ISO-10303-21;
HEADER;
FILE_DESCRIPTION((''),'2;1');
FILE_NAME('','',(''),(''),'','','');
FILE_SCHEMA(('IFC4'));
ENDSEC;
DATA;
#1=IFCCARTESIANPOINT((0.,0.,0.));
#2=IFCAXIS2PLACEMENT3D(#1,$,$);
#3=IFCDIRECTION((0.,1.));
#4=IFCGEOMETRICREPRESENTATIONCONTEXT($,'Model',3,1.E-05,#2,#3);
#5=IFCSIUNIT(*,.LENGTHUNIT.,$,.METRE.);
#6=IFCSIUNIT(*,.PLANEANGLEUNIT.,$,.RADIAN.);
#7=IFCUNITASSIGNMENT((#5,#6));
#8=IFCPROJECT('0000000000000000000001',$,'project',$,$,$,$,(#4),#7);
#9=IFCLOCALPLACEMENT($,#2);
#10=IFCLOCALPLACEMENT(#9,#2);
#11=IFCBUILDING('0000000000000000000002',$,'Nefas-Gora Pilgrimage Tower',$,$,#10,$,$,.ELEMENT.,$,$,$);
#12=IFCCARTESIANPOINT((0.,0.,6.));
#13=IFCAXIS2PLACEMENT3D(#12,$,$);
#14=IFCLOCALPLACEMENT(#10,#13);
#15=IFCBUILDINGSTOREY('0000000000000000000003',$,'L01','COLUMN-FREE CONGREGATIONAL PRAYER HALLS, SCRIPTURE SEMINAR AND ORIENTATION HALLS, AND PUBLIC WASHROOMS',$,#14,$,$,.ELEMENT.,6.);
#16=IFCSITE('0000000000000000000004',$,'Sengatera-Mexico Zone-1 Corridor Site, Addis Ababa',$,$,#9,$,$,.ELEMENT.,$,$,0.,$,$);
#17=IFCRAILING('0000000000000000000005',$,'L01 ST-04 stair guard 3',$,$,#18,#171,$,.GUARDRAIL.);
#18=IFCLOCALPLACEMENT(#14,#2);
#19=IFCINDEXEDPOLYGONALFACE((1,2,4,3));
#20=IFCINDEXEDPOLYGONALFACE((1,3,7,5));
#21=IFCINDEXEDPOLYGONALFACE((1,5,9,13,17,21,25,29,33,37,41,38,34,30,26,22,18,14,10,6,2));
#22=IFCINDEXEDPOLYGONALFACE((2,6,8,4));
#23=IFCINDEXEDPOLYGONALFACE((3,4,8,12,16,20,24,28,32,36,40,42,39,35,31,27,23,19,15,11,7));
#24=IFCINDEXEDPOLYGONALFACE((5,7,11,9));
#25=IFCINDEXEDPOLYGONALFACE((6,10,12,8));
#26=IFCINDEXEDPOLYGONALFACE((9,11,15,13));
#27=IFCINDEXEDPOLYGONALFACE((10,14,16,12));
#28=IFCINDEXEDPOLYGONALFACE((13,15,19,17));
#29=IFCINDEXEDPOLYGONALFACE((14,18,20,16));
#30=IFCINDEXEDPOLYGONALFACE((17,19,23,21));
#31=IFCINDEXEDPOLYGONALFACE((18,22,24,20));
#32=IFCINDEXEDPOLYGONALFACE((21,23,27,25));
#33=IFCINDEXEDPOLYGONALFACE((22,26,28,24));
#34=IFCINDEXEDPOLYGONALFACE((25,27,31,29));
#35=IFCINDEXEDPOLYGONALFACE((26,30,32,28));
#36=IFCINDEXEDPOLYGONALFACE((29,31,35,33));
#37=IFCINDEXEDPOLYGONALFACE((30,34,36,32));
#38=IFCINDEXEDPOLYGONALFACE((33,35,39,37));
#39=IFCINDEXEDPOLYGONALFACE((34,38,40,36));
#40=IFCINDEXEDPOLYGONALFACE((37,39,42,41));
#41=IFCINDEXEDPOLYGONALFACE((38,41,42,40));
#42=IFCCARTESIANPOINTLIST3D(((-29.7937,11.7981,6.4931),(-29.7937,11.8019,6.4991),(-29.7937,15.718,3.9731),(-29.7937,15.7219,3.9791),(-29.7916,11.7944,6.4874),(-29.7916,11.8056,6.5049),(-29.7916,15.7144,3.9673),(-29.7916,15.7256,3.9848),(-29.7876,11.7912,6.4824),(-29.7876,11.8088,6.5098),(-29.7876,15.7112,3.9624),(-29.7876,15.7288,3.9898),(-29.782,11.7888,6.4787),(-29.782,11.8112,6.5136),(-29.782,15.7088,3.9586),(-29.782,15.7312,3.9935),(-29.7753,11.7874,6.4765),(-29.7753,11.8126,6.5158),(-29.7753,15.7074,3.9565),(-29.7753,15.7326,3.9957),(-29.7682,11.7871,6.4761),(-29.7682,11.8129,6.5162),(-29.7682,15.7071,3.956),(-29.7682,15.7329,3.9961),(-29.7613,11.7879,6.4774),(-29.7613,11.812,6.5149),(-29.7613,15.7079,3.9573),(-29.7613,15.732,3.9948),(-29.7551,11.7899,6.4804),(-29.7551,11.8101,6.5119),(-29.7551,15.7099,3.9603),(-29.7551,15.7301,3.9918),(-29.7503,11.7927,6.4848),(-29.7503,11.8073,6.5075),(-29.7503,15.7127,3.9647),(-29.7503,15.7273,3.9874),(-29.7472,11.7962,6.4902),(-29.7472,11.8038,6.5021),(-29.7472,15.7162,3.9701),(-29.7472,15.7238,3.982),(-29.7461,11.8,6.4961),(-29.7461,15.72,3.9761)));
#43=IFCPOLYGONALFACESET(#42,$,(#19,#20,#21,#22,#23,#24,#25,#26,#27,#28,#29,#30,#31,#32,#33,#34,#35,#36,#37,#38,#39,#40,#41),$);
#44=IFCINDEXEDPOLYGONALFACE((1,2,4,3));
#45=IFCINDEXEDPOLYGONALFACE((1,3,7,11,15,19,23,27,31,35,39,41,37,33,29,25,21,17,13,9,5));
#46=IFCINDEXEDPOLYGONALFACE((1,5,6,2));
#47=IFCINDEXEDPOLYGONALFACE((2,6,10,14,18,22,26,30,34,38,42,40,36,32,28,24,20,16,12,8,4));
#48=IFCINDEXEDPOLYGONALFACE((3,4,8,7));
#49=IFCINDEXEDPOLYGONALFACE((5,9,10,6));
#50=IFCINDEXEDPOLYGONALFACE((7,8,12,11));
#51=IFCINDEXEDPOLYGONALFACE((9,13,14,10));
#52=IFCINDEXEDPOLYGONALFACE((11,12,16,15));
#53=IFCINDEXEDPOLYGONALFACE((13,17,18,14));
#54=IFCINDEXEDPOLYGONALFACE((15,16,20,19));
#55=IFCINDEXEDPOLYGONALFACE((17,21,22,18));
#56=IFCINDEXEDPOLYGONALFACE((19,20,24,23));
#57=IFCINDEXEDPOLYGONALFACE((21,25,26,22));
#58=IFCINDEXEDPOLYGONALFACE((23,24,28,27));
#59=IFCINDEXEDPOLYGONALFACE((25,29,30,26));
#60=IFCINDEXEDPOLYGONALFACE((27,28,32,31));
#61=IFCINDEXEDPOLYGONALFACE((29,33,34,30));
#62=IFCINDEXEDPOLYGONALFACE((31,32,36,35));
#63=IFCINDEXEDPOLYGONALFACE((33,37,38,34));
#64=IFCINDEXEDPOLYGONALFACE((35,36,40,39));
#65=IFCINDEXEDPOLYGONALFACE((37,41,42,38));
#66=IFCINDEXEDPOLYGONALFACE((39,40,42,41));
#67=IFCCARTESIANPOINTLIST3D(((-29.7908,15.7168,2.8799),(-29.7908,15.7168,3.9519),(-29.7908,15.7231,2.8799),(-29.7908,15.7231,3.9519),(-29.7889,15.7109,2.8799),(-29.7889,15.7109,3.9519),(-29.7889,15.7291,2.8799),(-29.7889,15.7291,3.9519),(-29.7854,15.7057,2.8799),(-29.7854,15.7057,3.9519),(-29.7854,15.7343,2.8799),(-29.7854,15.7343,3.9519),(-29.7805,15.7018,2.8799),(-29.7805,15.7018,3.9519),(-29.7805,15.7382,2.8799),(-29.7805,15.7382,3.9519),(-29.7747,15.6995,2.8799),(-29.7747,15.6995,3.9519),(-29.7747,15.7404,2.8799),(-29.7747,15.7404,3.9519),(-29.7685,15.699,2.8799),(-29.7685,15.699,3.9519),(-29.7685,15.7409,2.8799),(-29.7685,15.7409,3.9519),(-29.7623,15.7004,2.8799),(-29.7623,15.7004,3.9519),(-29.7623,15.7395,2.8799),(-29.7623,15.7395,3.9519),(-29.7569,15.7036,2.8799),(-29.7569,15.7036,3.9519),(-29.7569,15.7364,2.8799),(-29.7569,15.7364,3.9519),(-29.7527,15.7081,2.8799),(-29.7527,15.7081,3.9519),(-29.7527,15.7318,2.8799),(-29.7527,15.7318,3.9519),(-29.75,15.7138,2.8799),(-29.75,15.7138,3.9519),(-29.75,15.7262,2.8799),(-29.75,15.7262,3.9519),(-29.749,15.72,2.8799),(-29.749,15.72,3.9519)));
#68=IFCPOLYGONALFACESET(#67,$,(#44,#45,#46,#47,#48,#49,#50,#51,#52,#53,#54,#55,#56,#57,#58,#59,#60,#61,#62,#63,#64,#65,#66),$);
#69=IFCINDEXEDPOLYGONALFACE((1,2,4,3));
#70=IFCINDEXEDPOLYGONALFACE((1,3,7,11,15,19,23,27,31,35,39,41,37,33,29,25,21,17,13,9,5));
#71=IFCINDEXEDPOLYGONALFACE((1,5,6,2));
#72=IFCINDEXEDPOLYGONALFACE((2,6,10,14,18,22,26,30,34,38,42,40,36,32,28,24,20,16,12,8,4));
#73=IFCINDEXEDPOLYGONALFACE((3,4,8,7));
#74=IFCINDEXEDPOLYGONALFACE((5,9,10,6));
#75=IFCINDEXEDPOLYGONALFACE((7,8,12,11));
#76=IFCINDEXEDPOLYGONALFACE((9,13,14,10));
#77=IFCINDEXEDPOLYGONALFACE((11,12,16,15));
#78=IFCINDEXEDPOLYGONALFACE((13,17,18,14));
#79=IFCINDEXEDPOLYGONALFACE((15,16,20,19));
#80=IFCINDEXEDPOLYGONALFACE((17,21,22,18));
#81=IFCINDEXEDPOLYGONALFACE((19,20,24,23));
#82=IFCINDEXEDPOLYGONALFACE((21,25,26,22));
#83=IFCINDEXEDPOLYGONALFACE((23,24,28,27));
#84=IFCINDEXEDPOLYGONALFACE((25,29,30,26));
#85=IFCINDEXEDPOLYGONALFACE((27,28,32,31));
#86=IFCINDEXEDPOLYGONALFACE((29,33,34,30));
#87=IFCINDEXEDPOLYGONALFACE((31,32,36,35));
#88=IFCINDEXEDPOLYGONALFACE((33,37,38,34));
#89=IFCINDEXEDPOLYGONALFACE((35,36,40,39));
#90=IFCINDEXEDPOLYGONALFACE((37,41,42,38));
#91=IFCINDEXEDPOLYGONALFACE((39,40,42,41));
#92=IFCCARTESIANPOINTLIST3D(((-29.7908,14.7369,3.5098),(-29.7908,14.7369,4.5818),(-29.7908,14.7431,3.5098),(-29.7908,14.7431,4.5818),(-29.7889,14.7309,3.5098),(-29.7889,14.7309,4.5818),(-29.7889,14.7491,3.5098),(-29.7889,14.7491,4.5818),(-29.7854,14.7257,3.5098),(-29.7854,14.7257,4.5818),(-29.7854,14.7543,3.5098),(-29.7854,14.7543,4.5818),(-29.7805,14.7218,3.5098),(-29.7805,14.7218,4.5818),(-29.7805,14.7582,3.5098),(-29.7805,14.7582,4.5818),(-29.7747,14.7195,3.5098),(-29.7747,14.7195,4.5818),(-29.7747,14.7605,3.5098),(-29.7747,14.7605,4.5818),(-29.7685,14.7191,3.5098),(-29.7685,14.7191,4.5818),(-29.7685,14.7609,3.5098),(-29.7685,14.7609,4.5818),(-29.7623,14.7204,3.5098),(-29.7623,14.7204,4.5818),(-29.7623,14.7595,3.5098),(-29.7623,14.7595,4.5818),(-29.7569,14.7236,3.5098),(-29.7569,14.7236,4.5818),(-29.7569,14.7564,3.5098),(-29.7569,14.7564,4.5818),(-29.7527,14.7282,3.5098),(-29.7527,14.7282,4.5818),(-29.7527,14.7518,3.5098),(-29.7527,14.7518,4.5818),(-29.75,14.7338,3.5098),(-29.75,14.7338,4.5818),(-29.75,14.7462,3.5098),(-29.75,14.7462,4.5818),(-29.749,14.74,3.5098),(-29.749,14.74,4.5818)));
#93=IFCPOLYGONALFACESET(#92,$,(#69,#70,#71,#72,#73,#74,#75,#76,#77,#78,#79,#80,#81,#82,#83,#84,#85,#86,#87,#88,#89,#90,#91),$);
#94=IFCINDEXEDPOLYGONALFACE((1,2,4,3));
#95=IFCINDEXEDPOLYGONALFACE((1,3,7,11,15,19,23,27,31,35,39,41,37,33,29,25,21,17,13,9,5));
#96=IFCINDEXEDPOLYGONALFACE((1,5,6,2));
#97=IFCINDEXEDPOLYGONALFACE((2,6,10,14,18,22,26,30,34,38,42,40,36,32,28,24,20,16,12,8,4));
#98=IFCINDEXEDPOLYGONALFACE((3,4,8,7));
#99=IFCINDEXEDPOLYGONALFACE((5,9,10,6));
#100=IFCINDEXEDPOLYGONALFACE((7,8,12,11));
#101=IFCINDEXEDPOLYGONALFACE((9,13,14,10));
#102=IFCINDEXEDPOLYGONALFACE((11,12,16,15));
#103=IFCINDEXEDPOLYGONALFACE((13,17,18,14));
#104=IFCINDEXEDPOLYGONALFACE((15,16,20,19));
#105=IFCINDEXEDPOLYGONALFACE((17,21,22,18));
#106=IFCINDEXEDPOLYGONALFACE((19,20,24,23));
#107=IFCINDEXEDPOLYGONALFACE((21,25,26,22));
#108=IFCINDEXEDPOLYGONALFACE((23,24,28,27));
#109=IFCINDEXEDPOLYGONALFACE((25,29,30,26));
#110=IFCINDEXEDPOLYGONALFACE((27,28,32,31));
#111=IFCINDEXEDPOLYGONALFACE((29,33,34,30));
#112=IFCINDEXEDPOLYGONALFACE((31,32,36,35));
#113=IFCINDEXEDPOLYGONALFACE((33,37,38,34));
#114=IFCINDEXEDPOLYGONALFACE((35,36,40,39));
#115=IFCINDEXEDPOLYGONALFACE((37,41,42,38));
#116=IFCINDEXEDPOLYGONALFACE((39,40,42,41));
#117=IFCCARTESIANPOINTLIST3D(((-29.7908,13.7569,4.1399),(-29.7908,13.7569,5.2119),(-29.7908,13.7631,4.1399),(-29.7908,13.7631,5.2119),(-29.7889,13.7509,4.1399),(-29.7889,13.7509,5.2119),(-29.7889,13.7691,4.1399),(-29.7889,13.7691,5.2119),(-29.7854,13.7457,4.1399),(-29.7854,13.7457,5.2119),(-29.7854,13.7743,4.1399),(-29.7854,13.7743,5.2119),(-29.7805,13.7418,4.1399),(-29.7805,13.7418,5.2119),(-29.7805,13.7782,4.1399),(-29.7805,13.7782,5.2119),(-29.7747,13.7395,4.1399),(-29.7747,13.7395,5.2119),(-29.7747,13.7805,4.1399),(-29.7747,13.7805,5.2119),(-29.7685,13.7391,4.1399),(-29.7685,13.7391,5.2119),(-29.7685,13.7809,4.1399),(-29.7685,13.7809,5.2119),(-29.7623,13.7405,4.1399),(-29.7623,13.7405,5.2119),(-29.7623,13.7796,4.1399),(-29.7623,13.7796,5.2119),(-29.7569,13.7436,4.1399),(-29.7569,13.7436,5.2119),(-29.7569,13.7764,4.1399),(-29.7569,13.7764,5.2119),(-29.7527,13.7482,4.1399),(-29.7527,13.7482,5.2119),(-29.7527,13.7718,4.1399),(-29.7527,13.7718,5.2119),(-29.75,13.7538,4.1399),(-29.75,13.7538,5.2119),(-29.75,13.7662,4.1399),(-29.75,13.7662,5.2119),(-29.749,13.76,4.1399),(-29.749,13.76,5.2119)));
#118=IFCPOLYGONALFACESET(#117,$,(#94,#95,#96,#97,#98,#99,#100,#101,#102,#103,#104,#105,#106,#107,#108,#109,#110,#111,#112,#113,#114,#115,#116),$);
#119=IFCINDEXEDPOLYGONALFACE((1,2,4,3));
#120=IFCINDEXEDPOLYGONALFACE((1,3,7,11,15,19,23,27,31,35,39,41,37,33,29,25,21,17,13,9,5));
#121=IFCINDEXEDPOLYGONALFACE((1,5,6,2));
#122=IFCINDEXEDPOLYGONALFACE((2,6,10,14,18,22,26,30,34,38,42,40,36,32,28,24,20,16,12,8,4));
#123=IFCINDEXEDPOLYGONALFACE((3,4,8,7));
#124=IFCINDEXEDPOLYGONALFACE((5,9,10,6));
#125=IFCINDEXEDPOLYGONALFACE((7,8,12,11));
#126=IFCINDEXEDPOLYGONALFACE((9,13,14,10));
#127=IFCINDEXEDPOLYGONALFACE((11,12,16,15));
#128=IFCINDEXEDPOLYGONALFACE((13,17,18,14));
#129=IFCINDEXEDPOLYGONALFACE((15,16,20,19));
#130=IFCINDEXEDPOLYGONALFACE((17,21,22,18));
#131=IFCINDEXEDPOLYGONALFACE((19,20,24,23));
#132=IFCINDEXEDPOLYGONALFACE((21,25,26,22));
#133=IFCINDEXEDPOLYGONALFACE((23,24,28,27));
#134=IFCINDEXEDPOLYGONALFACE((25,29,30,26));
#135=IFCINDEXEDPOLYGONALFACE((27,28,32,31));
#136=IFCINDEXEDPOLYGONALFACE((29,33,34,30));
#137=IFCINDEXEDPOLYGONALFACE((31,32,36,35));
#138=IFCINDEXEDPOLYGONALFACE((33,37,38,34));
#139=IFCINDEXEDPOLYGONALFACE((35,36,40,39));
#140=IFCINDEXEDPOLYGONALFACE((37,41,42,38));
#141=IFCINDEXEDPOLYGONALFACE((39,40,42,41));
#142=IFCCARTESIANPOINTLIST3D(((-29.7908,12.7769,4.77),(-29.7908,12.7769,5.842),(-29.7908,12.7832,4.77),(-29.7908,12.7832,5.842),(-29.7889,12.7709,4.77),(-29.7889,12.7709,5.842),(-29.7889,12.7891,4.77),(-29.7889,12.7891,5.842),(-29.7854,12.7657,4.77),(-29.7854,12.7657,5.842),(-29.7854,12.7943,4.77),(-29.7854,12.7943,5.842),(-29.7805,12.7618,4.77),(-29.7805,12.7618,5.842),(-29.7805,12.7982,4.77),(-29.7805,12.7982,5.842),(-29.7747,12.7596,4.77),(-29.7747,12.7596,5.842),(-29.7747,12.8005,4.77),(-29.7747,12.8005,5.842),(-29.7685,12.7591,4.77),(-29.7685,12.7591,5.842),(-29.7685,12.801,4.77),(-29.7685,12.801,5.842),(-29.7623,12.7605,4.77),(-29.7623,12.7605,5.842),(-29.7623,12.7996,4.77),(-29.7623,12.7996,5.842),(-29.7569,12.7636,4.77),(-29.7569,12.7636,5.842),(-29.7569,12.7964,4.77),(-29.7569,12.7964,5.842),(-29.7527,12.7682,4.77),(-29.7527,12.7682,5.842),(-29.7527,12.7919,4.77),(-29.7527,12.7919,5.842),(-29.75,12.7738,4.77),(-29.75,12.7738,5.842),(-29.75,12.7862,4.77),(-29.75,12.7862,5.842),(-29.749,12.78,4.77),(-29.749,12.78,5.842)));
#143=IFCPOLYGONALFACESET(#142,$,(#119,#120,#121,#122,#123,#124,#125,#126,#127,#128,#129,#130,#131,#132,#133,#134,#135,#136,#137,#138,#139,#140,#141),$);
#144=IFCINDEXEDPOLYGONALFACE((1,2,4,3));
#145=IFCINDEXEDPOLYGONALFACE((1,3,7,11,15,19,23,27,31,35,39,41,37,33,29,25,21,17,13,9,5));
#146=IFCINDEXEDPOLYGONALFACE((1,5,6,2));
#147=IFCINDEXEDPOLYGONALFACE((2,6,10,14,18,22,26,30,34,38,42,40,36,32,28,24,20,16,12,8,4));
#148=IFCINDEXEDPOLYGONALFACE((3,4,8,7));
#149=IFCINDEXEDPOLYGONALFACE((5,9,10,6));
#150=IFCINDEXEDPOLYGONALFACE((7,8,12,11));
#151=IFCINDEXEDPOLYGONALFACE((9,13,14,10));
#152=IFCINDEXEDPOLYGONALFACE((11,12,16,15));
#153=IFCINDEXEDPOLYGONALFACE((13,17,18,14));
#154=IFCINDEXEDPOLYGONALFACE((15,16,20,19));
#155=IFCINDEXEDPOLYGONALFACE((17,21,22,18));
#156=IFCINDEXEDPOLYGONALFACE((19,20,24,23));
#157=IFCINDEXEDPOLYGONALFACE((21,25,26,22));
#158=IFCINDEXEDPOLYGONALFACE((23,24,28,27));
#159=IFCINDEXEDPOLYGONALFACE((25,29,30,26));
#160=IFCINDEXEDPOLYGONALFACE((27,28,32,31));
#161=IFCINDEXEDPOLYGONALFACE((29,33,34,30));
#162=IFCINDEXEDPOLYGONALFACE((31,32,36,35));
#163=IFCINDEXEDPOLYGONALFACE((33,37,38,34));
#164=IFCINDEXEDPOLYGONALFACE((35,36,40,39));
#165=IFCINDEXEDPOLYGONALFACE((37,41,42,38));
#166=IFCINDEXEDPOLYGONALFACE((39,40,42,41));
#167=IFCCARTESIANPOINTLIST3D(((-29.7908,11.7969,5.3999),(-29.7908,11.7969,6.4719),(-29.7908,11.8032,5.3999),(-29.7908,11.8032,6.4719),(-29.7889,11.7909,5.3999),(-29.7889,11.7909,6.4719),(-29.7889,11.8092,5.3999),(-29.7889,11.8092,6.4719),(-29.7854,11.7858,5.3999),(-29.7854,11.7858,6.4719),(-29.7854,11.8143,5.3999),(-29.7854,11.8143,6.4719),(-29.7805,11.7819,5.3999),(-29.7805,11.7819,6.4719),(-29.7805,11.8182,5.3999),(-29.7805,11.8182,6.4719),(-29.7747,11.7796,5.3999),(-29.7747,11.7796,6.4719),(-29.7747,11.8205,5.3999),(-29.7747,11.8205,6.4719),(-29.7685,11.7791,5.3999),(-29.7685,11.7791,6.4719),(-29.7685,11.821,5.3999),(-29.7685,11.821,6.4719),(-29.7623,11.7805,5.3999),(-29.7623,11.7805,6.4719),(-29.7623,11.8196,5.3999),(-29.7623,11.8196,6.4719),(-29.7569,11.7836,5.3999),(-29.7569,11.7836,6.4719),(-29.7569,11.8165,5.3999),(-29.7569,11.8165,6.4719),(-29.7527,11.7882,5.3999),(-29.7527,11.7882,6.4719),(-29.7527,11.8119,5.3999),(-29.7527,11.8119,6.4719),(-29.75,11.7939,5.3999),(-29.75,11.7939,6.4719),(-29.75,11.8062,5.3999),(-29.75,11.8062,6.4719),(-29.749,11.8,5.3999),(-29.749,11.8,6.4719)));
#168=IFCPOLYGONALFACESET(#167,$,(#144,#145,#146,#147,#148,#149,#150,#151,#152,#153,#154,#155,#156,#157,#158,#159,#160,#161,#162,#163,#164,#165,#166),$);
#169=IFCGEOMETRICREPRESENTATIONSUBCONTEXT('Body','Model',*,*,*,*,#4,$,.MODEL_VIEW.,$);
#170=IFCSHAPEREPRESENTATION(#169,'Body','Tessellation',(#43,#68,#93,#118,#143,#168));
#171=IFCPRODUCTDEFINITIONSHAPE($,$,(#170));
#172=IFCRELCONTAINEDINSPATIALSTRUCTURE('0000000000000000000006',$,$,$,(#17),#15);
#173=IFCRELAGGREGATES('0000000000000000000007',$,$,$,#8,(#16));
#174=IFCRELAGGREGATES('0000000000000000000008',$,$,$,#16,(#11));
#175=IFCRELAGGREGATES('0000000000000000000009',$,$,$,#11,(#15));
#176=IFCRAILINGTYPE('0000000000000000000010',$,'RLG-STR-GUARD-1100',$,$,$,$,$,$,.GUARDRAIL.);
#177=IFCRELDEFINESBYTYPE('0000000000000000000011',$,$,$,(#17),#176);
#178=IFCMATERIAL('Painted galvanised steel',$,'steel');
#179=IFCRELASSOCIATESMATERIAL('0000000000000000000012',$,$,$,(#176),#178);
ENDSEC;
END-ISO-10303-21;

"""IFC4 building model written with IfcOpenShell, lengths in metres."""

from ifc_helpers import new_model, si_unit, direction, frame, origin, origin_2d, place, context, subcontext, project, spatial, circle, extrude, material, type_object, element, save


model = new_model("IFC4")

# Units and contexts
model_context = context("Model", 3, precision=1e-05, world=origin(), true_north=direction((0.0, 1.0)))
body_context = subcontext(model_context, "Body", "Model", "MODEL_VIEW")
ifc_project = project(units=[si_unit("LENGTHUNIT", "METRE"), si_unit("PLANEANGLEUNIT", "RADIAN")], contexts=[model_context])

# Site, building, storey
site_placement = place(None, origin())
site = spatial("IfcSite", under=ifc_project, at=site_placement, Name="Sengatera-Mexico Zone-1 Corridor Site, Addis Ababa", CompositionType="ELEMENT", RefElevation=0.0)
building_placement = place(site_placement, origin())
building = spatial("IfcBuilding", under=site, at=building_placement, Name="Nefas-Gora Pilgrimage Tower", CompositionType="ELEMENT")
storey_placement = place(building_placement, frame((0.0, 0.0, 6.0)))
storey = spatial("IfcBuildingStorey", under=building, at=storey_placement, Name="L01", Description="COLUMN-FREE CONGREGATIONAL PRAYER HALLS, SCRIPTURE SEMINAR AND ORIENTATION HALLS, AND PUBLIC WASHROOMS", CompositionType="ELEMENT", Elevation=6.0)

# Railing
ifc_material_1 = material(Name="Painted galvanised steel", Category="steel")
railing_type_1 = type_object("IfcRailingType", Name="RLG-STR-GUARD-1100", PredefinedType="GUARDRAIL", material=ifc_material_1)
railing_1_placement = place(storey_placement, frame((-29.77, 15.72, 2.8799)))
element("IfcRailing", 1, at=railing_1_placement, inside=storey, type_object=railing_type_1, Name="L01 ST-04 stair guard 3", PredefinedType="GUARDRAIL", context=body_context, shape_type="SweptSolid", body=[
    extrude(circle(Radius=0.0239, at=origin_2d()), frame((0.0, 0.0, 1.0962), z_axis=(0.0, -0.841172, 0.540768), x_axis=(1.0, 0.0, 0.0)), (0.0, 0.0, 1.0), 4.6602),
    extrude(circle(Radius=0.021, at=origin_2d()), origin(), (0.0, 0.0, 1.0), 1.072),
    extrude(circle(Radius=0.021, at=origin_2d()), frame((0.0, -0.98, 0.6299)), (0.0, 0.0, 1.0), 1.072),
    extrude(circle(Radius=0.021, at=origin_2d()), frame((0.0, -1.96, 1.26)), (0.0, 0.0, 1.0), 1.072),
    extrude(circle(Radius=0.021, at=origin_2d()), frame((0.0, -2.9399, 1.8901)), (0.0, 0.0, 1.0), 1.072),
    extrude(circle(Radius=0.021, at=origin_2d()), frame((0.0, -3.9199, 2.52)), (0.0, 0.0, 1.0), 1.072),
])

save(model, "model.ifc")
